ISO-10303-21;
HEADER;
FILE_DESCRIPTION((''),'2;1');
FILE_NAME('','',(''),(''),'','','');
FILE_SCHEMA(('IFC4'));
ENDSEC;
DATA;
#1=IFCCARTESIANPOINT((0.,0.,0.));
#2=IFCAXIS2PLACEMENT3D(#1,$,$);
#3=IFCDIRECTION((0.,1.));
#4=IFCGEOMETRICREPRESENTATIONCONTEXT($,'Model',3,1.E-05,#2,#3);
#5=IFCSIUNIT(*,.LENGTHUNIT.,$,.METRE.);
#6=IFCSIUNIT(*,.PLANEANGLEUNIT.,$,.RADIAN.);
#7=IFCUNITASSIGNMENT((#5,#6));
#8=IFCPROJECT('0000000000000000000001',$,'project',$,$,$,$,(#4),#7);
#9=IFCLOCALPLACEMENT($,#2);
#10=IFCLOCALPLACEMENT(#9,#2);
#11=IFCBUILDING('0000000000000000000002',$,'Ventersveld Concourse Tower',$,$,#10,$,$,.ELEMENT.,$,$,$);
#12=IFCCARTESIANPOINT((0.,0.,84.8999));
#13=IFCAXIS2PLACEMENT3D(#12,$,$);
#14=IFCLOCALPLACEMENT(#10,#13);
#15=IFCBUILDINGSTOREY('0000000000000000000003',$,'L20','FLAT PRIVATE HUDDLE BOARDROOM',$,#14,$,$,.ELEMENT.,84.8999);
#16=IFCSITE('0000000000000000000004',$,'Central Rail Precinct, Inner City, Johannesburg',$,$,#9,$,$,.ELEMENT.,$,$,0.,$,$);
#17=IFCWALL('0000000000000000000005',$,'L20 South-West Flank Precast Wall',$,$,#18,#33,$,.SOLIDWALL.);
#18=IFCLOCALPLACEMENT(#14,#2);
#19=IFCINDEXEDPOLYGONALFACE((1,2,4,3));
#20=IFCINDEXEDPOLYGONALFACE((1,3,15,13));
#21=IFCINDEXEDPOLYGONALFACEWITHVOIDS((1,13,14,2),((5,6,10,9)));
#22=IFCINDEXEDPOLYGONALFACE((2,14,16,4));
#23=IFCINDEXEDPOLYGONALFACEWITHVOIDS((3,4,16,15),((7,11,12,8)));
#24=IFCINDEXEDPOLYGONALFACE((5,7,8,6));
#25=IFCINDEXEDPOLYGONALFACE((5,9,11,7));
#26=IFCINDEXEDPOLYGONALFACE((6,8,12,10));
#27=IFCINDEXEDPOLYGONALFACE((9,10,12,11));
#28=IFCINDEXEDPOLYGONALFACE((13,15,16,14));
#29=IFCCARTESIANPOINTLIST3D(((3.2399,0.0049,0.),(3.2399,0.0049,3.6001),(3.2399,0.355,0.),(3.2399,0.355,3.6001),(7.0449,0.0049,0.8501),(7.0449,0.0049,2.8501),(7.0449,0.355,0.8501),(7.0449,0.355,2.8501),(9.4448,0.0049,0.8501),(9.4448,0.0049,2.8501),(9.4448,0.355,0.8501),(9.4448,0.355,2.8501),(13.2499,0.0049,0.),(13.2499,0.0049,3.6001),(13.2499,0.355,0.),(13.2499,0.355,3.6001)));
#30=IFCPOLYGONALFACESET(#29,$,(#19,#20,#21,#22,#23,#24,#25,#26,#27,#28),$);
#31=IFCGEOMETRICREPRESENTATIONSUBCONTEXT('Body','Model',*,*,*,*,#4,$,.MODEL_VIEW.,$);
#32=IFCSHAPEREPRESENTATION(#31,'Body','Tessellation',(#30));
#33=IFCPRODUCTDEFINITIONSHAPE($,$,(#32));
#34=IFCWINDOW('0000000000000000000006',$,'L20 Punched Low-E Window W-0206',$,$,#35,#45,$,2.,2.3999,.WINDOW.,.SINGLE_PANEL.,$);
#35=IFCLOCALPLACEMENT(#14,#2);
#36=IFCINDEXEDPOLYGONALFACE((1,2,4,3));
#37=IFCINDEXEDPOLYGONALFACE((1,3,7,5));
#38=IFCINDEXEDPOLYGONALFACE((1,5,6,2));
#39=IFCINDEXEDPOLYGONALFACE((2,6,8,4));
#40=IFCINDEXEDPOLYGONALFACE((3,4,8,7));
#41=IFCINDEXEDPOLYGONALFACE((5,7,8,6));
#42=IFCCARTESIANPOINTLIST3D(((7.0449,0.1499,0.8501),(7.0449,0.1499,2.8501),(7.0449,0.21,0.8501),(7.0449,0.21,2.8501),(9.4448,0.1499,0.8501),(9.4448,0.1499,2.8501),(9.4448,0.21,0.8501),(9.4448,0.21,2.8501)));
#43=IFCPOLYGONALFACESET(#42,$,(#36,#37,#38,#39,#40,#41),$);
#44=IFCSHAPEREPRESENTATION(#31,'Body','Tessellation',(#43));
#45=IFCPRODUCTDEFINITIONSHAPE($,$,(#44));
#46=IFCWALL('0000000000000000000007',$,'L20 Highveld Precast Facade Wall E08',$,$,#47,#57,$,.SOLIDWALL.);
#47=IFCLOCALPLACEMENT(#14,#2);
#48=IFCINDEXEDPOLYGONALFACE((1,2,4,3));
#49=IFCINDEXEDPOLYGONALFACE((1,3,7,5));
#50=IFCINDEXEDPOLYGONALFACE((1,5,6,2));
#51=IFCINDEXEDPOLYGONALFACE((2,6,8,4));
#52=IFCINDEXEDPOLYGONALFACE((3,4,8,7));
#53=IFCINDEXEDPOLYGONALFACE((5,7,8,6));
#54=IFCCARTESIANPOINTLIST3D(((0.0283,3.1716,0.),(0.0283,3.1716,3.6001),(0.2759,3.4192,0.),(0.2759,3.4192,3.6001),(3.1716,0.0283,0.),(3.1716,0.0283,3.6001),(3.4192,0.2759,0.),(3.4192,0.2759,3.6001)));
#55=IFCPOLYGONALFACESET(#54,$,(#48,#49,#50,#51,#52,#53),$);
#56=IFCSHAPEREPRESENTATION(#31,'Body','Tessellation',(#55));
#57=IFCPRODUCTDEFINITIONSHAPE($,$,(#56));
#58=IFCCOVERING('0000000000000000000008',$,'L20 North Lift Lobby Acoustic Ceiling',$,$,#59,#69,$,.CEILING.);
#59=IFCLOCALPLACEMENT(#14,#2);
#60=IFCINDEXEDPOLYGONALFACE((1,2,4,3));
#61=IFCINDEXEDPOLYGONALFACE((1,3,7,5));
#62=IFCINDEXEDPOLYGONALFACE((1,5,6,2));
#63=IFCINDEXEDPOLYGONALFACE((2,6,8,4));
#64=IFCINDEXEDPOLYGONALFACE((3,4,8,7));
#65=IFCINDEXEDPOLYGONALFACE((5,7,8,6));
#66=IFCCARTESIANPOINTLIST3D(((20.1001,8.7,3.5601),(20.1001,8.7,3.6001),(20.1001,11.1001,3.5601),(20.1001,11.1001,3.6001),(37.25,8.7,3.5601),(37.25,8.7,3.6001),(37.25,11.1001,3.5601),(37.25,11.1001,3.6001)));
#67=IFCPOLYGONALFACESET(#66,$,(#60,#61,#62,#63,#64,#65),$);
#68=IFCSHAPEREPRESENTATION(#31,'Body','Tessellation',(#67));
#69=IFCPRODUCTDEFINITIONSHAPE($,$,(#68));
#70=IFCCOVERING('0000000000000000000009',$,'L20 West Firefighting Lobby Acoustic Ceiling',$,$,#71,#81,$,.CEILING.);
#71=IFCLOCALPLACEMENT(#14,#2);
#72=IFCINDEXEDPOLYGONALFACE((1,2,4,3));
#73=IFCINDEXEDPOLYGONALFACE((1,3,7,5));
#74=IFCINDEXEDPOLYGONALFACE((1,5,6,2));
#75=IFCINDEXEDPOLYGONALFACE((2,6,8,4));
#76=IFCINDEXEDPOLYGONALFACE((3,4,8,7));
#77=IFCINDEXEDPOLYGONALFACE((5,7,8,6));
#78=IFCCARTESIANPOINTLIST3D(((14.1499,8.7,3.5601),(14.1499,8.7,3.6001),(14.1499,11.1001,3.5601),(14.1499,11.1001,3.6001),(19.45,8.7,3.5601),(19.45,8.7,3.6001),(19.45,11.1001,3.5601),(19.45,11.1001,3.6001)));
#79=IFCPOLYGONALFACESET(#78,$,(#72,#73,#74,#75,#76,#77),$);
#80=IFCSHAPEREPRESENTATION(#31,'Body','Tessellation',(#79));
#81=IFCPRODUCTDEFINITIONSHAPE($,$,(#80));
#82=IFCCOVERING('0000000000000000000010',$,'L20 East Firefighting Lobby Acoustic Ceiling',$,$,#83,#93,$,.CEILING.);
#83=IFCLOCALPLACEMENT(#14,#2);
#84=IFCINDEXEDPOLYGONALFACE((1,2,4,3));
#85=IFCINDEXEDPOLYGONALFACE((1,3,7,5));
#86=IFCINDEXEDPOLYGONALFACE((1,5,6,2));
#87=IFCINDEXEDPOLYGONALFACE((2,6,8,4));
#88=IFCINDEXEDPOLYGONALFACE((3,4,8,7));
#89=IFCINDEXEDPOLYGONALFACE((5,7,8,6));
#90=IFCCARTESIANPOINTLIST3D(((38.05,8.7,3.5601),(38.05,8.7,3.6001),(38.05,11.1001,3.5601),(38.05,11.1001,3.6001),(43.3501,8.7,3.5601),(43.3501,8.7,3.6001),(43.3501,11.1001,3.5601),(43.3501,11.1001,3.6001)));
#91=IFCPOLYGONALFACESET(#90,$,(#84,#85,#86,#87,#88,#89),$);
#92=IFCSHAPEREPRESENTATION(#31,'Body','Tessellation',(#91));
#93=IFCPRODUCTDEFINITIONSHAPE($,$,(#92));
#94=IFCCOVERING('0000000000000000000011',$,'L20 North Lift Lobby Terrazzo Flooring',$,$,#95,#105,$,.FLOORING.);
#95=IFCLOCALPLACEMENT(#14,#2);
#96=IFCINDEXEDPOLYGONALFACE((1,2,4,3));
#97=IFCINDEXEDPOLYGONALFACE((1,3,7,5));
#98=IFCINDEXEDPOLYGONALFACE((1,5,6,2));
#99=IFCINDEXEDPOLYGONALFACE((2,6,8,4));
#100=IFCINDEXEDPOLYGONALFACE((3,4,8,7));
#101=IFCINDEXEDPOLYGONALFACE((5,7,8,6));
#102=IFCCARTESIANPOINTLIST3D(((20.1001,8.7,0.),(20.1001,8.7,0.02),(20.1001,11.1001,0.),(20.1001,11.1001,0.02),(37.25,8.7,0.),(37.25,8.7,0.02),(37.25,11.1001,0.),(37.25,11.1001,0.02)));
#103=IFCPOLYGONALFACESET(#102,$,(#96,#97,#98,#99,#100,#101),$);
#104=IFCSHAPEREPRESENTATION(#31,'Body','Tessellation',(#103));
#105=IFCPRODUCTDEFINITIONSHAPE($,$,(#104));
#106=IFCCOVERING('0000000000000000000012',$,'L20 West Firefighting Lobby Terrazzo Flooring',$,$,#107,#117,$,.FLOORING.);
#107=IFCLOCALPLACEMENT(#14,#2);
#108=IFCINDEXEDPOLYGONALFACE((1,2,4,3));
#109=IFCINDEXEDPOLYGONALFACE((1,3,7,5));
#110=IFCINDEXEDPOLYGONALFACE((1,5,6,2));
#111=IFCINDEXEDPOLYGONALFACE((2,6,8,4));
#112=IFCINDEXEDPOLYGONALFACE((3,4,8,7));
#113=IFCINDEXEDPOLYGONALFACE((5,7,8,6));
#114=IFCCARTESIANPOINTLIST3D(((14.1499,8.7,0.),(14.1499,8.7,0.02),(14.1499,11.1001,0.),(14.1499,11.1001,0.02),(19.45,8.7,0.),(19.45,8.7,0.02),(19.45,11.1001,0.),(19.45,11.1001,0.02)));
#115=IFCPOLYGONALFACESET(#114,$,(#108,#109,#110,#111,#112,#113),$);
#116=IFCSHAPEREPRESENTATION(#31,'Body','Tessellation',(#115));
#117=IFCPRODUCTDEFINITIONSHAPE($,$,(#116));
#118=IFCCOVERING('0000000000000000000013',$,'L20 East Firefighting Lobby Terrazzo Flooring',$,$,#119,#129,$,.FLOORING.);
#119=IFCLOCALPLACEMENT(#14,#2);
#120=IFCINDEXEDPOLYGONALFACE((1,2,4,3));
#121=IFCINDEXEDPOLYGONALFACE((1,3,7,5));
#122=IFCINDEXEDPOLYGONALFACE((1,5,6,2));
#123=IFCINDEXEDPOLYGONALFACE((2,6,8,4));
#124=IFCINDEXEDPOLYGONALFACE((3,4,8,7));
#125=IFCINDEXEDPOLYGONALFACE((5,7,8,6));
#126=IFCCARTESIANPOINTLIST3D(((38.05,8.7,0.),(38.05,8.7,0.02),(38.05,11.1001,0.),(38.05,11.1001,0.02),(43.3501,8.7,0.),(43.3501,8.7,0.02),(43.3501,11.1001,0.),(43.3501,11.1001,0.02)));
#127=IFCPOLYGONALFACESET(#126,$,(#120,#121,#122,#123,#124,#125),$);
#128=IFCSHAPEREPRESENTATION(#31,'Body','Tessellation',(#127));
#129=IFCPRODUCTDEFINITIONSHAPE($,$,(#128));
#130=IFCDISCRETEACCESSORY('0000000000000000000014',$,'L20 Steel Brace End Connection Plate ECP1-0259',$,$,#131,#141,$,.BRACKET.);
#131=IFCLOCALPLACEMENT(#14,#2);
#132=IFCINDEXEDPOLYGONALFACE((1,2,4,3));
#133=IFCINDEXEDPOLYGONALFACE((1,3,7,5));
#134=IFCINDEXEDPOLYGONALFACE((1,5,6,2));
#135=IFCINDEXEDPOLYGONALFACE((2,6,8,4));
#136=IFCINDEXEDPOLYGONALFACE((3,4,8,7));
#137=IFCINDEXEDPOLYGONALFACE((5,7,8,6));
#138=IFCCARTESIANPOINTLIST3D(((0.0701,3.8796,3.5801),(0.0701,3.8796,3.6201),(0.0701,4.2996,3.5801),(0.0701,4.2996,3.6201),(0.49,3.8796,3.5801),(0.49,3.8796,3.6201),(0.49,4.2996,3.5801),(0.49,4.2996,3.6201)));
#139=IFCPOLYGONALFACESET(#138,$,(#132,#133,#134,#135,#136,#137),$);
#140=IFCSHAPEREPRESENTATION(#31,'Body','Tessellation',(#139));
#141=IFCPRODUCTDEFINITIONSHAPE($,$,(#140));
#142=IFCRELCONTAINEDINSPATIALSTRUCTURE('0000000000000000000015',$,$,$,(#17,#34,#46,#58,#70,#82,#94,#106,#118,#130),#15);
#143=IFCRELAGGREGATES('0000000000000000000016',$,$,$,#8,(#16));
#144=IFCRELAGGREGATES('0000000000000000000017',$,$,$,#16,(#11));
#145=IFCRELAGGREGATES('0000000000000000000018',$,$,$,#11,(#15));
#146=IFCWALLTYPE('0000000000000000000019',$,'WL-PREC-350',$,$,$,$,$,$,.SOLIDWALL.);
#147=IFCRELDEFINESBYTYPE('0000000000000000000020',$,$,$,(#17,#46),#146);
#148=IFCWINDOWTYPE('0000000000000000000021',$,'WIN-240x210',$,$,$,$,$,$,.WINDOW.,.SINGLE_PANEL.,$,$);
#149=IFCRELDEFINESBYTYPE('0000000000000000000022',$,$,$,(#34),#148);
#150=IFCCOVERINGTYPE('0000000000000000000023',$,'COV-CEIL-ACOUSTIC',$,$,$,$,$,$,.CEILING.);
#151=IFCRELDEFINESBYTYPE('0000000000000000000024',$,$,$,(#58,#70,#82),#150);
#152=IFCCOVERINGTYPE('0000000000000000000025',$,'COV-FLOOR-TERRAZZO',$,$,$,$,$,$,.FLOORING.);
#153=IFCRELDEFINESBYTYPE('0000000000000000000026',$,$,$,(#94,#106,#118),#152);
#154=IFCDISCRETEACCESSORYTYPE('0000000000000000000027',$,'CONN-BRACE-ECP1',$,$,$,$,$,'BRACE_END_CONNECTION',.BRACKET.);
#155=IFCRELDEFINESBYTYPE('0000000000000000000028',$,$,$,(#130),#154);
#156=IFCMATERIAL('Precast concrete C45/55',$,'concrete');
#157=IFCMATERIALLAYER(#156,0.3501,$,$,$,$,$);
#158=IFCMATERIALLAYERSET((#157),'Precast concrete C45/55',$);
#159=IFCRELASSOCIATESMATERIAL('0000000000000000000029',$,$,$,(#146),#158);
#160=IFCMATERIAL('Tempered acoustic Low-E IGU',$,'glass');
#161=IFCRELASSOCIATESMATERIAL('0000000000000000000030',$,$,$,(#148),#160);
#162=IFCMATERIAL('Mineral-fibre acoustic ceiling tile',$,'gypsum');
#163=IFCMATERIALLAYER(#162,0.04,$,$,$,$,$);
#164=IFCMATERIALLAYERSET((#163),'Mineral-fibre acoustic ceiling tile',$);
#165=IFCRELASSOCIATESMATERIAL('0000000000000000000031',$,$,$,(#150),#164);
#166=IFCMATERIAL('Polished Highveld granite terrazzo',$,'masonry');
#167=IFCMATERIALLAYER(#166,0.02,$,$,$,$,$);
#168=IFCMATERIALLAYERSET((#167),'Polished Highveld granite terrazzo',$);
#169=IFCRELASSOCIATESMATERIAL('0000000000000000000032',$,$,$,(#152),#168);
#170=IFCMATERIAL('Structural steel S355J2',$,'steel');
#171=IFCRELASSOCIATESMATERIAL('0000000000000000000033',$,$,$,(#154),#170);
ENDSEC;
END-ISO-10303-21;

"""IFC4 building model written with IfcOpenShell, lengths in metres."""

from ifc_helpers import new_model, si_unit, direction, frame, frame_2d, origin, origin_2d, place, context, subcontext, project, spatial, polyline, rectangle, outline, extrude, material, layer, layer_set, type_object, element, fill, save


model = new_model("IFC4")

# Units and contexts
model_context = context("Model", 3, precision=1e-05, world=origin(), true_north=direction((0.0, 1.0)))
body_context = subcontext(model_context, "Body", "Model", "MODEL_VIEW")
ifc_project = project(units=[si_unit("LENGTHUNIT", "METRE"), si_unit("PLANEANGLEUNIT", "RADIAN")], contexts=[model_context])

# Site, building, storey
site_placement = place(None, origin())
site = spatial("IfcSite", under=ifc_project, at=site_placement, Name="Central Rail Precinct, Inner City, Johannesburg", CompositionType="ELEMENT", RefElevation=0.0)
building_placement = place(site_placement, origin())
building = spatial("IfcBuilding", under=site, at=building_placement, Name="Ventersveld Concourse Tower", CompositionType="ELEMENT")
storey_placement = place(building_placement, frame((0.0, 0.0, 84.8999)))
storey = spatial("IfcBuildingStorey", under=building, at=storey_placement, Name="L20", Description="FLAT PRIVATE HUDDLE BOARDROOM", CompositionType="ELEMENT", Elevation=84.8999)

# Shared definitions
ifc_material_1 = material(Name="Structural steel S355J2", Category="steel")

# Wall, opening, window
ifc_material_2 = material(Name="Precast concrete C45/55", Category="concrete")
ifc_layer_1 = layer(ifc_material_2, 0.3501)
ifc_layer_set_1 = layer_set([ifc_layer_1], Name="Precast concrete C45/55")
wall_type_1 = type_object("IfcWallType", Name="WL-PREC-350", PredefinedType="SOLIDWALL", material=ifc_layer_set_1)
wall_1_placement = place(storey_placement, frame((3.24, 0.1799, 0.0), z_axis=(0.0, 0.0, 1.0), x_axis=(1.0, 0.0, 0.0)))
wall_1 = element("IfcWall", 1, at=wall_1_placement, inside=storey, type_object=wall_type_1, Name="L20 South-West Flank Precast Wall", PredefinedType="SOLIDWALL", context=body_context, shape_type="SweptSolid", body=[
    extrude(rectangle(XDim=10.01, YDim=0.3501, at=frame_2d((5.0049, 0.0))), origin(), (0.0, 0.0, 1.0), 3.6001),
])
opening_1_placement = place(wall_1_placement, frame((3.8049, 0.0, 0.8501)))
opening_1 = element("IfcOpeningElement", 2, at=opening_1_placement, cuts=wall_1, PredefinedType="OPENING", context=body_context, shape_type="SweptSolid", body=[
    extrude(rectangle(XDim=2.3999, YDim=2.0, at=frame_2d((1.2, 1.0))), frame((0.0, 0.1851, 0.0), z_axis=(0.0, -1.0, 0.0), x_axis=(1.0, 0.0, 0.0)), (0.0, 0.0, 1.0), 0.3701),
])
ifc_material_3 = material(Name="Tempered acoustic Low-E IGU", Category="glass")
window_type = type_object("IfcWindowType", Name="WIN-240x210", PartitioningType="SINGLE_PANEL", PredefinedType="WINDOW", material=ifc_material_3)
window_placement = place(opening_1_placement, origin())
window = element("IfcWindow", 3, at=window_placement, inside=storey, type_object=window_type, Name="L20 Punched Low-E Window W-0206", OverallHeight=2.0, OverallWidth=2.3999, PartitioningType="SINGLE_PANEL", PredefinedType="WINDOW", context=body_context, shape_type="SweptSolid", body=[
    extrude(rectangle(XDim=2.3999, YDim=2.0, at=frame_2d((1.2, 1.0))), frame((0.0, 0.03, 0.0), z_axis=(0.0, -1.0, 0.0), x_axis=(1.0, 0.0, 0.0)), (0.0, 0.0, 1.0), 0.0601),
])
fill(opening_1, window)

# Wall
wall_2_placement = place(storey_placement, frame((0.1521, 3.2954, 0.0), z_axis=(0.0, 0.0, 1.0), x_axis=(0.707107, -0.707107, 0.0)))
element("IfcWall", 4, at=wall_2_placement, inside=storey, type_object=wall_type_1, Name="L20 Highveld Precast Facade Wall E08", PredefinedType="SOLIDWALL", context=body_context, shape_type="SweptSolid", body=[
    extrude(rectangle(XDim=4.4453, YDim=0.3501, at=frame_2d((2.2227, 0.0))), origin(), (0.0, 0.0, 1.0), 3.6001),
])

# Coverings
ifc_material_4 = material(Name="Mineral-fibre acoustic ceiling tile", Category="gypsum")
ifc_layer_2 = layer(ifc_material_4, 0.04)
ifc_layer_set_2 = layer_set([ifc_layer_2], Name="Mineral-fibre acoustic ceiling tile")
covering_type_1 = type_object("IfcCoveringType", Name="COV-CEIL-ACOUSTIC", PredefinedType="CEILING", material=ifc_layer_set_2)
covering_1_placement = place(storey_placement, frame((0.0, 0.0, 3.5601)))
element("IfcCovering", 5, at=covering_1_placement, inside=storey, type_object=covering_type_1, Name="L20 North Lift Lobby Acoustic Ceiling", PredefinedType="CEILING", context=body_context, shape_type="SweptSolid", body=[
    extrude(outline(polyline([(20.1001, 8.7), (37.25, 8.7), (37.25, 11.1001), (20.1001, 11.1001), (20.1001, 8.7)])), origin(), (0.0, 0.0, 1.0), 0.04),
])
covering_2_placement = place(storey_placement, frame((0.0, 0.0, 3.5601)))
element("IfcCovering", 6, at=covering_2_placement, inside=storey, type_object=covering_type_1, Name="L20 West Firefighting Lobby Acoustic Ceiling", PredefinedType="CEILING", context=body_context, shape_type="SweptSolid", body=[
    extrude(outline(polyline([(14.1499, 8.7), (19.45, 8.7), (19.45, 11.1001), (14.1499, 11.1001), (14.1499, 8.7)])), origin(), (0.0, 0.0, 1.0), 0.04),
])
covering_3_placement = place(storey_placement, frame((0.0, 0.0, 3.5601)))
element("IfcCovering", 7, at=covering_3_placement, inside=storey, type_object=covering_type_1, Name="L20 East Firefighting Lobby Acoustic Ceiling", PredefinedType="CEILING", context=body_context, shape_type="SweptSolid", body=[
    extrude(outline(polyline([(38.05, 8.7), (43.3501, 8.7), (43.3501, 11.1001), (38.05, 11.1001), (38.05, 8.7)])), origin(), (0.0, 0.0, 1.0), 0.04),
])
ifc_material_5 = material(Name="Polished Highveld granite terrazzo", Category="masonry")
ifc_layer_3 = layer(ifc_material_5, 0.02)
ifc_layer_set_3 = layer_set([ifc_layer_3], Name="Polished Highveld granite terrazzo")
covering_type_2 = type_object("IfcCoveringType", Name="COV-FLOOR-TERRAZZO", PredefinedType="FLOORING", material=ifc_layer_set_3)
covering_4_placement = place(storey_placement, origin())
element("IfcCovering", 8, at=covering_4_placement, inside=storey, type_object=covering_type_2, Name="L20 North Lift Lobby Terrazzo Flooring", PredefinedType="FLOORING", context=body_context, shape_type="SweptSolid", body=[
    extrude(outline(polyline([(20.1001, 8.7), (37.25, 8.7), (37.25, 11.1001), (20.1001, 11.1001), (20.1001, 8.7)])), origin(), (0.0, 0.0, 1.0), 0.02),
])
covering_5_placement = place(storey_placement, origin())
element("IfcCovering", 9, at=covering_5_placement, inside=storey, type_object=covering_type_2, Name="L20 West Firefighting Lobby Terrazzo Flooring", PredefinedType="FLOORING", context=body_context, shape_type="SweptSolid", body=[
    extrude(outline(polyline([(14.1499, 8.7), (19.45, 8.7), (19.45, 11.1001), (14.1499, 11.1001), (14.1499, 8.7)])), origin(), (0.0, 0.0, 1.0), 0.02),
])
covering_6_placement = place(storey_placement, origin())
element("IfcCovering", 10, at=covering_6_placement, inside=storey, type_object=covering_type_2, Name="L20 East Firefighting Lobby Terrazzo Flooring", PredefinedType="FLOORING", context=body_context, shape_type="SweptSolid", body=[
    extrude(outline(polyline([(38.05, 8.7), (43.3501, 8.7), (43.3501, 11.1001), (38.05, 11.1001), (38.05, 8.7)])), origin(), (0.0, 0.0, 1.0), 0.02),
])

# Discrete accessory
discrete_accessory_type = type_object("IfcDiscreteAccessoryType", Name="CONN-BRACE-ECP1", ElementType="BRACE_END_CONNECTION", PredefinedType="BRACKET", material=ifc_material_1)
discrete_accessory_placement = place(storey_placement, frame((0.28, 4.0896, 3.5801), z_axis=(0.0, 0.0, 1.0), x_axis=(1.0, 0.0, 0.0)))
element("IfcDiscreteAccessory", 11, at=discrete_accessory_placement, inside=storey, type_object=discrete_accessory_type, Name="L20 Steel Brace End Connection Plate ECP1-0259", PredefinedType="BRACKET", context=body_context, shape_type="SweptSolid", body=[
    extrude(rectangle(XDim=0.4199, YDim=0.4199, at=origin_2d()), origin(), (0.0, 0.0, 1.0), 0.04),
])

save(model, "model.ifc")
